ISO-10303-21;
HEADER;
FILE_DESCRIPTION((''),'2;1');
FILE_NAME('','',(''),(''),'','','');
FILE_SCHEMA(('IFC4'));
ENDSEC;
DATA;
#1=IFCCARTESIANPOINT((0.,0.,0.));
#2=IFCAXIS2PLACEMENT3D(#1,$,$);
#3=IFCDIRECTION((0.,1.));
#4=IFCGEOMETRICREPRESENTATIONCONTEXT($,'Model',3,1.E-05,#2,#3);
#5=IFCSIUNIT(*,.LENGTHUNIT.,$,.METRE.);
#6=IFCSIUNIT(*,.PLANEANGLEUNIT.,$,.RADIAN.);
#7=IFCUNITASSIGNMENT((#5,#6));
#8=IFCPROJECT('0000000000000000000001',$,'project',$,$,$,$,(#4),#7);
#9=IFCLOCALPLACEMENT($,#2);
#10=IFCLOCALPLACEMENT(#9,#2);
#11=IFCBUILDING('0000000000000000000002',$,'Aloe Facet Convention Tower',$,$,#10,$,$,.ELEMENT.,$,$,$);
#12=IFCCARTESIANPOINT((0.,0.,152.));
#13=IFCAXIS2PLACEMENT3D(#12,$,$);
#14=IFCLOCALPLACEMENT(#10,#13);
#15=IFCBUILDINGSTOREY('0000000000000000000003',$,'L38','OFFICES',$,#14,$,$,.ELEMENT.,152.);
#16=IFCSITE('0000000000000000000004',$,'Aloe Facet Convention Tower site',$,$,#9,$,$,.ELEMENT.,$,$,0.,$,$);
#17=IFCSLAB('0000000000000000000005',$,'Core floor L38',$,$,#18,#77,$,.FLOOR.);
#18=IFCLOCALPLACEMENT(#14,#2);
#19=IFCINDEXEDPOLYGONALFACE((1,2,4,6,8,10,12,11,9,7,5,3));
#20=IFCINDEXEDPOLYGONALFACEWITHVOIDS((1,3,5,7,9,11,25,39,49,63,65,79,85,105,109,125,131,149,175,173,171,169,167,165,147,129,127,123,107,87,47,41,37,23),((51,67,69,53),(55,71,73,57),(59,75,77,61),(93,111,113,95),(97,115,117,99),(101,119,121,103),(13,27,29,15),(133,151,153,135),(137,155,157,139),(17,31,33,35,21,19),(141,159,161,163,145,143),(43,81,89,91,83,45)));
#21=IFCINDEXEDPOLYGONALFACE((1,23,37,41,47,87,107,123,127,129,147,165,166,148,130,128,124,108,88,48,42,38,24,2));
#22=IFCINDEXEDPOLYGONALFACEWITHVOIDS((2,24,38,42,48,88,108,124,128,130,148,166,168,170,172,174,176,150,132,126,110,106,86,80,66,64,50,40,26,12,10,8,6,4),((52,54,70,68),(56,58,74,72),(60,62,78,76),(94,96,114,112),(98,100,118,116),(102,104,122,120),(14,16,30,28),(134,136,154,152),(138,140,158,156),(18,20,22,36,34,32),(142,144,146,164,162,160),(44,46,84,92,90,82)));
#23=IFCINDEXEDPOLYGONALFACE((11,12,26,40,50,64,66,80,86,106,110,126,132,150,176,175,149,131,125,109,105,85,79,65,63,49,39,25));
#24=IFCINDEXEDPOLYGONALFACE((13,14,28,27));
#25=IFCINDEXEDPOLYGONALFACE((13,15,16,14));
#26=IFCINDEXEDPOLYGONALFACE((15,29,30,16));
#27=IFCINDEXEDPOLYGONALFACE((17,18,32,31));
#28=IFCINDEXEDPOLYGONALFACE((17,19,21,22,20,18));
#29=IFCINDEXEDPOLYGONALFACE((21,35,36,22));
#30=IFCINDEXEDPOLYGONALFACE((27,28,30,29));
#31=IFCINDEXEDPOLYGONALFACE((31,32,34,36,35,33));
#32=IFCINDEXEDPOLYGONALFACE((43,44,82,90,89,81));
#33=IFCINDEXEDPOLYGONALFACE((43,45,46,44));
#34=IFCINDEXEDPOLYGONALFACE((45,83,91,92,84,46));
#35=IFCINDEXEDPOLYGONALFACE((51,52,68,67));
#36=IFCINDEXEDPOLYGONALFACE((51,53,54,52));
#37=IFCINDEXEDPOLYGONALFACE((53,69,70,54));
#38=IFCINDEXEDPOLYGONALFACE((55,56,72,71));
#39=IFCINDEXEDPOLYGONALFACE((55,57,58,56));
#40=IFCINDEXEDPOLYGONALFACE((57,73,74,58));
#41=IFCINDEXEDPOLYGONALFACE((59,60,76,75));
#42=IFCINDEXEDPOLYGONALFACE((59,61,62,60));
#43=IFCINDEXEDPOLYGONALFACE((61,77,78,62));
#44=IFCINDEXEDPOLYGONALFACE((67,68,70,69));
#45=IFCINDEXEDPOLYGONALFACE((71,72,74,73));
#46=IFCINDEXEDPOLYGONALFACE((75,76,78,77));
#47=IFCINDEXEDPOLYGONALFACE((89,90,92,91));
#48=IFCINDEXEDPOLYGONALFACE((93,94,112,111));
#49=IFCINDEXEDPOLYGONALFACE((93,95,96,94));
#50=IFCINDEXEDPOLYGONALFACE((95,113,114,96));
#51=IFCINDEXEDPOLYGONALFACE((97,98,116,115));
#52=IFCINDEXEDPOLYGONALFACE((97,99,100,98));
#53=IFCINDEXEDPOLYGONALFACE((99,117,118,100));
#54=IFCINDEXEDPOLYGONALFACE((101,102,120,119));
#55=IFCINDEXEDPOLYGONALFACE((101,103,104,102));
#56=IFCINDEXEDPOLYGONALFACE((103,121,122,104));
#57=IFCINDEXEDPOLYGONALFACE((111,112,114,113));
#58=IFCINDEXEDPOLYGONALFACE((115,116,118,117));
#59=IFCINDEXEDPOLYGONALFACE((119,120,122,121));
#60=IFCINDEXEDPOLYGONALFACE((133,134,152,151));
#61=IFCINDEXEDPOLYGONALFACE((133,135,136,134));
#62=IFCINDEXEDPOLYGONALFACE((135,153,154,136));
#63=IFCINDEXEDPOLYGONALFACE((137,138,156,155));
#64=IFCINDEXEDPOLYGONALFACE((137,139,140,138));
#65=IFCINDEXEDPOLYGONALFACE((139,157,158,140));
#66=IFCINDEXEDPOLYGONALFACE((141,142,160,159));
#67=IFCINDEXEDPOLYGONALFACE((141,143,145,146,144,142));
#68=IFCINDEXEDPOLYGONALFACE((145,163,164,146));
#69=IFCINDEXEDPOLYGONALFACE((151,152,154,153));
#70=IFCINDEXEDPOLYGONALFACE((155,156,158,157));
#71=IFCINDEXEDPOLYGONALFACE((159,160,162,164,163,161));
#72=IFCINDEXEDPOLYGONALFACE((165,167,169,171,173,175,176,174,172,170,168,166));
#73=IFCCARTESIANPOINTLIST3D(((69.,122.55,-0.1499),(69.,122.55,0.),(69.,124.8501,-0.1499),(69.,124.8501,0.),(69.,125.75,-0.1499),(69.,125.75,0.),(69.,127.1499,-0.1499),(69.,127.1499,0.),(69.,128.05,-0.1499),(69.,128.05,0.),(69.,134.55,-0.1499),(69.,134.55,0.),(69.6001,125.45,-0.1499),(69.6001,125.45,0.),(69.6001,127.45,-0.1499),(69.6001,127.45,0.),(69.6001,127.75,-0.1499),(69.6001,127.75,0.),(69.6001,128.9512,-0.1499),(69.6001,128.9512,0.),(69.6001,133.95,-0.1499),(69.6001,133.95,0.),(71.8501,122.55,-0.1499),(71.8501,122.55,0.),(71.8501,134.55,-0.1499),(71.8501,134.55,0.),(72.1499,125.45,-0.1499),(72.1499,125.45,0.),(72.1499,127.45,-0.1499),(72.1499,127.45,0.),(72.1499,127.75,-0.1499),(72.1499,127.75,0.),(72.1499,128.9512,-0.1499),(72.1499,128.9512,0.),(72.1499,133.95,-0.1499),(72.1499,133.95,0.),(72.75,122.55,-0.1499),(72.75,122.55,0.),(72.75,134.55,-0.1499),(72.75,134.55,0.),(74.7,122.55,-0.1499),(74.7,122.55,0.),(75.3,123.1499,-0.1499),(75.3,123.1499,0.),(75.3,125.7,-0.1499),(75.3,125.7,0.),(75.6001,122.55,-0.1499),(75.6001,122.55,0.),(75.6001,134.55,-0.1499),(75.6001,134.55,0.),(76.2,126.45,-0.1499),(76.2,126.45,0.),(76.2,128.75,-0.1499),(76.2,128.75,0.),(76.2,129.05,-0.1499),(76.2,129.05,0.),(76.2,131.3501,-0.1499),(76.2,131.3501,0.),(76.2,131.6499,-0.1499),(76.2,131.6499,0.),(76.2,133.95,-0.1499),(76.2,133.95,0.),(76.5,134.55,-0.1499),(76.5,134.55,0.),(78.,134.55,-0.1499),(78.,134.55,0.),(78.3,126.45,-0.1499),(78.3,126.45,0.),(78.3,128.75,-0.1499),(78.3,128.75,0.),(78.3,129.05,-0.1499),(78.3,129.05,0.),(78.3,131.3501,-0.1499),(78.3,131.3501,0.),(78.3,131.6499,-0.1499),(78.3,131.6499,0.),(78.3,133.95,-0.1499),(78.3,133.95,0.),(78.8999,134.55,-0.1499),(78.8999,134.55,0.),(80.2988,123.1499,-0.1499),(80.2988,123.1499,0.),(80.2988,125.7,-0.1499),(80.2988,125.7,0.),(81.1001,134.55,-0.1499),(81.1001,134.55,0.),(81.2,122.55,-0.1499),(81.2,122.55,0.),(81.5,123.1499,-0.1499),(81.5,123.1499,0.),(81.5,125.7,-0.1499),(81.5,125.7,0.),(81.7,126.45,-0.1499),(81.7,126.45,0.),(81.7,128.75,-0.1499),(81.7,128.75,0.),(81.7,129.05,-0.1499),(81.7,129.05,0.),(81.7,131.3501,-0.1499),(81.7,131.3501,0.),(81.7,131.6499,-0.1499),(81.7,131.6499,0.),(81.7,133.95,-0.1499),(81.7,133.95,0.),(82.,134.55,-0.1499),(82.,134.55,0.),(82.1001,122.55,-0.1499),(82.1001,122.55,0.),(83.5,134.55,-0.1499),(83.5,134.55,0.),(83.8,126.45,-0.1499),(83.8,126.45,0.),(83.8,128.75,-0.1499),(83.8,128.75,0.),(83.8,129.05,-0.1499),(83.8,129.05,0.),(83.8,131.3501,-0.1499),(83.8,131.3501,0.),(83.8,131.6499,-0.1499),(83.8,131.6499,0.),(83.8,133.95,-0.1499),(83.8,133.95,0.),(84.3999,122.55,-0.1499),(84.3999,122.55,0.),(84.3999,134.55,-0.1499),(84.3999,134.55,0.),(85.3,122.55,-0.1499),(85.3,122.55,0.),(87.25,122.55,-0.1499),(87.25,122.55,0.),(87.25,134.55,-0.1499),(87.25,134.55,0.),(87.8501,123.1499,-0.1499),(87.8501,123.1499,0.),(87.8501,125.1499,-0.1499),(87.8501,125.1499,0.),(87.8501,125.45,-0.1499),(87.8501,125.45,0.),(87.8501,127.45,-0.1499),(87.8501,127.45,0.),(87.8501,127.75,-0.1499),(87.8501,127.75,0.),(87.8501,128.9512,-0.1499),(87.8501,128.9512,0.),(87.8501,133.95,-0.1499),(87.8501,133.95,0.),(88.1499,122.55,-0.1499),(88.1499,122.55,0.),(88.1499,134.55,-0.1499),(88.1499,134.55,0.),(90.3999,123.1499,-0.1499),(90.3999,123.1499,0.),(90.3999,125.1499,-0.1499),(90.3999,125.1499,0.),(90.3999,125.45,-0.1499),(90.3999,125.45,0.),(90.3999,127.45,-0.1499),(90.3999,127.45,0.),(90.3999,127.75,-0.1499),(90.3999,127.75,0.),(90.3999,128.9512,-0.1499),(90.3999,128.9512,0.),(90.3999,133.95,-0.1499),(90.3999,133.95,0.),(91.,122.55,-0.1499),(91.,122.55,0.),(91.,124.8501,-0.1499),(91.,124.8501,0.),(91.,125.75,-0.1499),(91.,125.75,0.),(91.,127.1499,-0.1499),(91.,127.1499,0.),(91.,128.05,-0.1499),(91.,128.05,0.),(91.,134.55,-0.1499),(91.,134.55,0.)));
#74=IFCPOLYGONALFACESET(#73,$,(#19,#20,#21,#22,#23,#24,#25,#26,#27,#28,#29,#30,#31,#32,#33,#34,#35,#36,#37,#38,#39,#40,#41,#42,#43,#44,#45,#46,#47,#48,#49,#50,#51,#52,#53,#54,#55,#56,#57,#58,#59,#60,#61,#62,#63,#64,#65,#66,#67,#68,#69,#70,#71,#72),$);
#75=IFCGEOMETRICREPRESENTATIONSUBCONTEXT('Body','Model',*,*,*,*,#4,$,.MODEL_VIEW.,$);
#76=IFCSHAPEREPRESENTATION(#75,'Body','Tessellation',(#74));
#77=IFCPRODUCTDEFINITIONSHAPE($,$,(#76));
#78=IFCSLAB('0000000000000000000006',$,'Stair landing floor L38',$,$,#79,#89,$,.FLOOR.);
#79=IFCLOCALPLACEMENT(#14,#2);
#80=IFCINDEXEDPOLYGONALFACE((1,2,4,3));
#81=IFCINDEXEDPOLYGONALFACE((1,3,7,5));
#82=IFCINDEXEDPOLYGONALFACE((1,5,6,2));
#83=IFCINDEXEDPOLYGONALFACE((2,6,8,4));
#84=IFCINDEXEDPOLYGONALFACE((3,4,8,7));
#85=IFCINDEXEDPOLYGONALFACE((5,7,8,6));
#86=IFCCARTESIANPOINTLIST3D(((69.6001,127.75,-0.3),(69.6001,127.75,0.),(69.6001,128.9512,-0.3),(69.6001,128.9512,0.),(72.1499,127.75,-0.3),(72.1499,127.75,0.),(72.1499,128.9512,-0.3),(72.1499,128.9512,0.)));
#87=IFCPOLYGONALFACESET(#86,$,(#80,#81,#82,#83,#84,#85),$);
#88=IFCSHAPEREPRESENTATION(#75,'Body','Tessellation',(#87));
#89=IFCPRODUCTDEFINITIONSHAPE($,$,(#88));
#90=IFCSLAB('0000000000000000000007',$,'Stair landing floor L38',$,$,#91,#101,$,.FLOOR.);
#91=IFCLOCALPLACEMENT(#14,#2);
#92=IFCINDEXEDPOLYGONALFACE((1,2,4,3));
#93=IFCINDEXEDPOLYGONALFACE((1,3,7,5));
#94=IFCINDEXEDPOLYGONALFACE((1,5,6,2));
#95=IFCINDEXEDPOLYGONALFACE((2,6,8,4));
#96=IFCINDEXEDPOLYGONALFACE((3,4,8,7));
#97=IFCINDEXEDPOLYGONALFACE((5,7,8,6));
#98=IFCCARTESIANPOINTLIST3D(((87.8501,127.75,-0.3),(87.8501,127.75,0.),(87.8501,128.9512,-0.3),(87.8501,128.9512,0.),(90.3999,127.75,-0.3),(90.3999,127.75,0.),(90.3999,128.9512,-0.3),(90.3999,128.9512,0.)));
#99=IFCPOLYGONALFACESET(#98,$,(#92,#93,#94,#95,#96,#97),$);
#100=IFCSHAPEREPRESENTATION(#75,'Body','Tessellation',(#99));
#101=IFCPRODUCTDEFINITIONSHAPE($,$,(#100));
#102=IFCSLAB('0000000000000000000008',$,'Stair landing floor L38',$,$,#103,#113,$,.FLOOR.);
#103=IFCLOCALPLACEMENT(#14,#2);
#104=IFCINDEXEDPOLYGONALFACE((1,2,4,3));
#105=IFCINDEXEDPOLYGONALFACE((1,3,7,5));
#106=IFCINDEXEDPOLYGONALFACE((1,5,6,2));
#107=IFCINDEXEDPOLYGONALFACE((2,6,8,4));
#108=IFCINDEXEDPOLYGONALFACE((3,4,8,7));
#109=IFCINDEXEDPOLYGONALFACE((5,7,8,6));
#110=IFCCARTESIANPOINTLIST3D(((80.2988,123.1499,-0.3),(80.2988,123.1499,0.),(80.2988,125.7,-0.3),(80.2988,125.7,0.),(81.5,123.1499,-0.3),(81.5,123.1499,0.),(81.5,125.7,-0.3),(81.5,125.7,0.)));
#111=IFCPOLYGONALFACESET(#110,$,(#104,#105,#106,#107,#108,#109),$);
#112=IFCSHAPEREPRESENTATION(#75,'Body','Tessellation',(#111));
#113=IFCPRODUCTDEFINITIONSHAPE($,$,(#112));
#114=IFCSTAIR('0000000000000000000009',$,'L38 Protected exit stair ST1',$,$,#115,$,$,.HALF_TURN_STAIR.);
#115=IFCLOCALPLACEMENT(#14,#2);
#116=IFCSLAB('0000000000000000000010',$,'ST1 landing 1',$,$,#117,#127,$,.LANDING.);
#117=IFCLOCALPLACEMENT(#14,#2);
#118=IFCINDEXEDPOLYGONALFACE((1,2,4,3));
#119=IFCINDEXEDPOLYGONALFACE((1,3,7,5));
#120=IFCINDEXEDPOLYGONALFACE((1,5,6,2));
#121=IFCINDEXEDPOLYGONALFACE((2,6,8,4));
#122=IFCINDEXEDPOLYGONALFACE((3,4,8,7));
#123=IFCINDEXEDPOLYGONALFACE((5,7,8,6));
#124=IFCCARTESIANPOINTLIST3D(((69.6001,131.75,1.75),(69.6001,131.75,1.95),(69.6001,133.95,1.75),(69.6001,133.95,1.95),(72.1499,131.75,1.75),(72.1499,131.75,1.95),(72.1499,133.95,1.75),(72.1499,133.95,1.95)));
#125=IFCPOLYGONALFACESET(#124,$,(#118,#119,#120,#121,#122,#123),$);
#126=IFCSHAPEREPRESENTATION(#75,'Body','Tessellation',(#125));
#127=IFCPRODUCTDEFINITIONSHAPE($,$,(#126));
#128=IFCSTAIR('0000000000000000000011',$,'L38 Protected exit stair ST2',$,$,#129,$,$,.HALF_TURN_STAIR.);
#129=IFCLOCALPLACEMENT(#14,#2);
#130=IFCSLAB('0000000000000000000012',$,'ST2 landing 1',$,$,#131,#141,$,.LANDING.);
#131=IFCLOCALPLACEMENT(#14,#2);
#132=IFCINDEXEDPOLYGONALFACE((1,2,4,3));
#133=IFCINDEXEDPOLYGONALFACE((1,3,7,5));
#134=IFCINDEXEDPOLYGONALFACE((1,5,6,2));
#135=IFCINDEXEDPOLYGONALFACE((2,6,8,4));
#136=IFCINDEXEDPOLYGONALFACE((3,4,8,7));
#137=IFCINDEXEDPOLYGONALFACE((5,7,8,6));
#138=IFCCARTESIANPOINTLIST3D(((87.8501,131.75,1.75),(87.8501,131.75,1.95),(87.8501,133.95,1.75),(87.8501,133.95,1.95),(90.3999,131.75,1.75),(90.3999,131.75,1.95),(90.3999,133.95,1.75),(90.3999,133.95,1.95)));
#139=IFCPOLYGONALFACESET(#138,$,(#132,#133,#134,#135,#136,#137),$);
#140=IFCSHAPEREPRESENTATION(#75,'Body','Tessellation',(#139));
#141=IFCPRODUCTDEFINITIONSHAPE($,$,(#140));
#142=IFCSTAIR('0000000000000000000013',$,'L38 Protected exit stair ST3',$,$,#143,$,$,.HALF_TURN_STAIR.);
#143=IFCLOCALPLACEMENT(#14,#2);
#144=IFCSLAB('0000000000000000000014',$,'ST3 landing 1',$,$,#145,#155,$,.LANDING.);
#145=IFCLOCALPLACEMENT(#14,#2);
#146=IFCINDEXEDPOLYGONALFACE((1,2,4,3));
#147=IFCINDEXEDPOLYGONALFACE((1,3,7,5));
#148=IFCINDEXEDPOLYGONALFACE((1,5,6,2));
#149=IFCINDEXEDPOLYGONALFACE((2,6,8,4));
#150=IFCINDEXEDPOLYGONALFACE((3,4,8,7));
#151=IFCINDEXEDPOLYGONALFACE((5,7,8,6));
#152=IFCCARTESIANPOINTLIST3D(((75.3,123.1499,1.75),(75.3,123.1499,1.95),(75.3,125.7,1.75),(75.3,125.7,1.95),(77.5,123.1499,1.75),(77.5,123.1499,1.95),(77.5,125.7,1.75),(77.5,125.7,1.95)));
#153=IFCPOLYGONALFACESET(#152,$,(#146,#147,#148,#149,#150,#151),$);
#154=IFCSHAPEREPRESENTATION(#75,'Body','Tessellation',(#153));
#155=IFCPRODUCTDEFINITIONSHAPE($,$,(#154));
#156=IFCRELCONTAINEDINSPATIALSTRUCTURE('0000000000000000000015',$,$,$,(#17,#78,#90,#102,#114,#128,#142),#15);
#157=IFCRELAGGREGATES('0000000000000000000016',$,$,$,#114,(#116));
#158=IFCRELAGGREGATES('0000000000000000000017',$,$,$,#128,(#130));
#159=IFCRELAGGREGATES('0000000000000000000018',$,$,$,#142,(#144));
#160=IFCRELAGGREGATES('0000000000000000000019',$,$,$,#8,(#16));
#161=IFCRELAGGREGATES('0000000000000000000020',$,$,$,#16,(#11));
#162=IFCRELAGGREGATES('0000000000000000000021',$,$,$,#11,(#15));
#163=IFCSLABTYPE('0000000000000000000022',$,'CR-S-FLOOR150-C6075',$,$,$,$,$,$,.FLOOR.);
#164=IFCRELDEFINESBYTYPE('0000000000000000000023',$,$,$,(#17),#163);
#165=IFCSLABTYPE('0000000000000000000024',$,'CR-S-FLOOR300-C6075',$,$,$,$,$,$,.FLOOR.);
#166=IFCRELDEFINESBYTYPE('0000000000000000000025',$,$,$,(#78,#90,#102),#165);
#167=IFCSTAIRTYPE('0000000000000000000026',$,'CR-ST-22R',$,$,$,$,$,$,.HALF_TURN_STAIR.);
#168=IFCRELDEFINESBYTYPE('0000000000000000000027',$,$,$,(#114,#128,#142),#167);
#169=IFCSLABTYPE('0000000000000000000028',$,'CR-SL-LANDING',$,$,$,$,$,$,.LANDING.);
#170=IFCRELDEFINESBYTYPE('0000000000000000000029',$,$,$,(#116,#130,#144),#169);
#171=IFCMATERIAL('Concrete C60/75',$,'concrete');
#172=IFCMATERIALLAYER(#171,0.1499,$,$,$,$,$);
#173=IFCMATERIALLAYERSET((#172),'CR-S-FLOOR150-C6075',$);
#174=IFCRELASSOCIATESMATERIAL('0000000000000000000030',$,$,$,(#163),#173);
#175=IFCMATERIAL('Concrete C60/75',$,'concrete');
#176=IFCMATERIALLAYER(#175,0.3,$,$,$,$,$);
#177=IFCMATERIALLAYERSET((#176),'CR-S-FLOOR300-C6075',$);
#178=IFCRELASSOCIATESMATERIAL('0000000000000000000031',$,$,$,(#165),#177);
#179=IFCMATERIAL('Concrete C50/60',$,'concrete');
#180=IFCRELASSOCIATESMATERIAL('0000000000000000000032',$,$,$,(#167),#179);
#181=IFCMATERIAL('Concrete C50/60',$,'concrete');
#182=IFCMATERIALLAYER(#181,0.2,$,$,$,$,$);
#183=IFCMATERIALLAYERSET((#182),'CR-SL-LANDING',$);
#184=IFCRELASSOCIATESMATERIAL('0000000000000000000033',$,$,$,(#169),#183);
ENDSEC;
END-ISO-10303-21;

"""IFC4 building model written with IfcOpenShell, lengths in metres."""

from ifc_helpers import new_model, si_unit, direction, frame, origin, place, context, subcontext, project, spatial, polyline, outline, extrude, material, layer, layer_set, type_object, element, aggregate, save


model = new_model("IFC4")

# Units and contexts
model_context = context("Model", 3, precision=1e-05, world=origin(), true_north=direction((0.0, 1.0)))
body_context = subcontext(model_context, "Body", "Model", "MODEL_VIEW")
ifc_project = project(units=[si_unit("LENGTHUNIT", "METRE"), si_unit("PLANEANGLEUNIT", "RADIAN")], contexts=[model_context])

# Site, building, storey
site_placement = place(None, origin())
site = spatial("IfcSite", under=ifc_project, at=site_placement, Name="Aloe Facet Convention Tower site", CompositionType="ELEMENT", RefElevation=0.0)
building_placement = place(site_placement, origin())
building = spatial("IfcBuilding", under=site, at=building_placement, Name="Aloe Facet Convention Tower", CompositionType="ELEMENT")
storey_placement = place(building_placement, frame((0.0, 0.0, 152.0)))
storey = spatial("IfcBuildingStorey", under=building, at=storey_placement, Name="L38", Description="OFFICES", CompositionType="ELEMENT", Elevation=152.0)

# Slabs
ifc_material_1 = material(Name="Concrete C60/75", Category="concrete")
ifc_layer_1 = layer(ifc_material_1, 0.1499)
ifc_layer_set_1 = layer_set([ifc_layer_1], Name="CR-S-FLOOR150-C6075")
slab_type_1 = type_object("IfcSlabType", Name="CR-S-FLOOR150-C6075", PredefinedType="FLOOR", material=ifc_layer_set_1)
slab_1_placement = place(storey_placement, frame((0.0, 0.0, -0.1499)))
element("IfcSlab", 1, at=slab_1_placement, inside=storey, type_object=slab_type_1, Name="Core floor L38", PredefinedType="FLOOR", context=body_context, shape_type="SweptSolid", body=[
    extrude(outline(polyline([(71.8501, 134.55), (72.75, 134.55), (75.6001, 134.55), (76.5, 134.55), (78.0, 134.55), (78.8999, 134.55), (81.1001, 134.55), (82.0, 134.55), (83.5, 134.55), (84.3999, 134.55), (87.25, 134.55), (88.1499, 134.55), (91.0, 134.55), (91.0, 128.05), (91.0, 127.1499), (91.0, 125.75), (91.0, 124.8501), (91.0, 122.55), (88.1499, 122.55), (87.25, 122.55), (85.3, 122.55), (84.3999, 122.55), (82.1001, 122.55), (81.2, 122.55), (75.6001, 122.55), (74.7, 122.55), (72.75, 122.55), (71.8501, 122.55), (69.0, 122.55), (69.0, 124.8501), (69.0, 125.75), (69.0, 127.1499), (69.0, 128.05), (69.0, 134.55), (71.8501, 134.55)]), holes=[polyline([(80.2988, 123.1499), (81.5, 123.1499), (81.5, 125.7), (80.2988, 125.7), (75.3, 125.7), (75.3, 123.1499), (80.2988, 123.1499)]), polyline([(69.6001, 125.45), (72.1499, 125.45), (72.1499, 127.45), (69.6001, 127.45), (69.6001, 125.45)]), polyline([(76.2, 126.45), (78.3, 126.45), (78.3, 128.75), (76.2, 128.75), (76.2, 126.45)]), polyline([(78.3, 129.05), (78.3, 131.3501), (76.2, 131.3501), (76.2, 129.05), (78.3, 129.05)]), polyline([(69.6001, 133.95), (69.6001, 128.9512), (69.6001, 127.75), (72.1499, 127.75), (72.1499, 128.9512), (72.1499, 133.95), (69.6001, 133.95)]), polyline([(76.2, 131.6499), (78.3, 131.6499), (78.3, 133.95), (76.2, 133.95), (76.2, 131.6499)]), polyline([(90.3999, 123.1499), (90.3999, 125.1499), (87.8501, 125.1499), (87.8501, 123.1499), (90.3999, 123.1499)]), polyline([(87.8501, 125.45), (90.3999, 125.45), (90.3999, 127.45), (87.8501, 127.45), (87.8501, 125.45)]), polyline([(81.7, 126.45), (83.8, 126.45), (83.8, 128.75), (81.7, 128.75), (81.7, 126.45)]), polyline([(83.8, 129.05), (83.8, 131.3501), (81.7, 131.3501), (81.7, 129.05), (83.8, 129.05)]), polyline([(87.8501, 133.95), (87.8501, 128.9512), (87.8501, 127.75), (90.3999, 127.75), (90.3999, 128.9512), (90.3999, 133.95), (87.8501, 133.95)]), polyline([(81.7, 131.6499), (83.8, 131.6499), (83.8, 133.95), (81.7, 133.95), (81.7, 131.6499)])]), origin(), (0.0, 0.0, 1.0), 0.1499),
])
ifc_material_2 = material(Name="Concrete C60/75", Category="concrete")
ifc_layer_2 = layer(ifc_material_2, 0.3)
ifc_layer_set_2 = layer_set([ifc_layer_2], Name="CR-S-FLOOR300-C6075")
slab_type_2 = type_object("IfcSlabType", Name="CR-S-FLOOR300-C6075", PredefinedType="FLOOR", material=ifc_layer_set_2)
slab_2_placement = place(storey_placement, frame((0.0, 0.0, -0.3)))
element("IfcSlab", 2, at=slab_2_placement, inside=storey, type_object=slab_type_2, Name="Stair landing floor L38", PredefinedType="FLOOR", context=body_context, shape_type="SweptSolid", body=[
    extrude(outline(polyline([(72.1499, 127.75), (72.1499, 128.9512), (69.6001, 128.9512), (69.6001, 127.75), (72.1499, 127.75)])), origin(), (0.0, 0.0, 1.0), 0.3),
])
slab_3_placement = place(storey_placement, frame((0.0, 0.0, -0.3)))
element("IfcSlab", 3, at=slab_3_placement, inside=storey, type_object=slab_type_2, Name="Stair landing floor L38", PredefinedType="FLOOR", context=body_context, shape_type="SweptSolid", body=[
    extrude(outline(polyline([(90.3999, 127.75), (90.3999, 128.9512), (87.8501, 128.9512), (87.8501, 127.75), (90.3999, 127.75)])), origin(), (0.0, 0.0, 1.0), 0.3),
])
slab_4_placement = place(storey_placement, frame((0.0, 0.0, -0.3)))
element("IfcSlab", 4, at=slab_4_placement, inside=storey, type_object=slab_type_2, Name="Stair landing floor L38", PredefinedType="FLOOR", context=body_context, shape_type="SweptSolid", body=[
    extrude(outline(polyline([(81.5, 125.7), (80.2988, 125.7), (80.2988, 123.1499), (81.5, 123.1499), (81.5, 125.7)])), origin(), (0.0, 0.0, 1.0), 0.3),
])

# Stairs, slabs
ifc_material_3 = material(Name="Concrete C50/60", Category="concrete")
stair_type = type_object("IfcStairType", Name="CR-ST-22R", PredefinedType="HALF_TURN_STAIR", material=ifc_material_3)
stair_1_placement = place(storey_placement, origin())
stair_1 = element("IfcStair", 5, at=stair_1_placement, inside=storey, type_object=stair_type, Name="L38 Protected exit stair ST1", PredefinedType="HALF_TURN_STAIR")
ifc_material_4 = material(Name="Concrete C50/60", Category="concrete")
ifc_layer_3 = layer(ifc_material_4, 0.2)
ifc_layer_set_3 = layer_set([ifc_layer_3], Name="CR-SL-LANDING")
slab_type_3 = type_object("IfcSlabType", Name="CR-SL-LANDING", PredefinedType="LANDING", material=ifc_layer_set_3)
slab_5_placement = place(storey_placement, frame((0.0, 0.0, 1.75)))
slab_5 = element("IfcSlab", 6, at=slab_5_placement, type_object=slab_type_3, Name="ST1 landing 1", PredefinedType="LANDING", context=body_context, shape_type="SweptSolid", body=[
    extrude(outline(polyline([(72.1499, 131.75), (72.1499, 133.95), (69.6001, 133.95), (69.6001, 131.75), (72.1499, 131.75)])), origin(), (0.0, 0.0, 1.0), 0.2),
])
aggregate(stair_1, [slab_5])
stair_2_placement = place(storey_placement, origin())
stair_2 = element("IfcStair", 7, at=stair_2_placement, inside=storey, type_object=stair_type, Name="L38 Protected exit stair ST2", PredefinedType="HALF_TURN_STAIR")
slab_6_placement = place(storey_placement, frame((0.0, 0.0, 1.75)))
slab_6 = element("IfcSlab", 8, at=slab_6_placement, type_object=slab_type_3, Name="ST2 landing 1", PredefinedType="LANDING", context=body_context, shape_type="SweptSolid", body=[
    extrude(outline(polyline([(90.3999, 131.75), (90.3999, 133.95), (87.8501, 133.95), (87.8501, 131.75), (90.3999, 131.75)])), origin(), (0.0, 0.0, 1.0), 0.2),
])
aggregate(stair_2, [slab_6])
stair_3_placement = place(storey_placement, origin())
stair_3 = element("IfcStair", 9, at=stair_3_placement, inside=storey, type_object=stair_type, Name="L38 Protected exit stair ST3", PredefinedType="HALF_TURN_STAIR")
slab_7_placement = place(storey_placement, frame((0.0, 0.0, 1.75)))
slab_7 = element("IfcSlab", 10, at=slab_7_placement, type_object=slab_type_3, Name="ST3 landing 1", PredefinedType="LANDING", context=body_context, shape_type="SweptSolid", body=[
    extrude(outline(polyline([(77.5, 125.7), (75.3, 125.7), (75.3, 123.1499), (77.5, 123.1499), (77.5, 125.7)])), origin(), (0.0, 0.0, 1.0), 0.2),
])
aggregate(stair_3, [slab_7])

save(model, "model.ifc")
